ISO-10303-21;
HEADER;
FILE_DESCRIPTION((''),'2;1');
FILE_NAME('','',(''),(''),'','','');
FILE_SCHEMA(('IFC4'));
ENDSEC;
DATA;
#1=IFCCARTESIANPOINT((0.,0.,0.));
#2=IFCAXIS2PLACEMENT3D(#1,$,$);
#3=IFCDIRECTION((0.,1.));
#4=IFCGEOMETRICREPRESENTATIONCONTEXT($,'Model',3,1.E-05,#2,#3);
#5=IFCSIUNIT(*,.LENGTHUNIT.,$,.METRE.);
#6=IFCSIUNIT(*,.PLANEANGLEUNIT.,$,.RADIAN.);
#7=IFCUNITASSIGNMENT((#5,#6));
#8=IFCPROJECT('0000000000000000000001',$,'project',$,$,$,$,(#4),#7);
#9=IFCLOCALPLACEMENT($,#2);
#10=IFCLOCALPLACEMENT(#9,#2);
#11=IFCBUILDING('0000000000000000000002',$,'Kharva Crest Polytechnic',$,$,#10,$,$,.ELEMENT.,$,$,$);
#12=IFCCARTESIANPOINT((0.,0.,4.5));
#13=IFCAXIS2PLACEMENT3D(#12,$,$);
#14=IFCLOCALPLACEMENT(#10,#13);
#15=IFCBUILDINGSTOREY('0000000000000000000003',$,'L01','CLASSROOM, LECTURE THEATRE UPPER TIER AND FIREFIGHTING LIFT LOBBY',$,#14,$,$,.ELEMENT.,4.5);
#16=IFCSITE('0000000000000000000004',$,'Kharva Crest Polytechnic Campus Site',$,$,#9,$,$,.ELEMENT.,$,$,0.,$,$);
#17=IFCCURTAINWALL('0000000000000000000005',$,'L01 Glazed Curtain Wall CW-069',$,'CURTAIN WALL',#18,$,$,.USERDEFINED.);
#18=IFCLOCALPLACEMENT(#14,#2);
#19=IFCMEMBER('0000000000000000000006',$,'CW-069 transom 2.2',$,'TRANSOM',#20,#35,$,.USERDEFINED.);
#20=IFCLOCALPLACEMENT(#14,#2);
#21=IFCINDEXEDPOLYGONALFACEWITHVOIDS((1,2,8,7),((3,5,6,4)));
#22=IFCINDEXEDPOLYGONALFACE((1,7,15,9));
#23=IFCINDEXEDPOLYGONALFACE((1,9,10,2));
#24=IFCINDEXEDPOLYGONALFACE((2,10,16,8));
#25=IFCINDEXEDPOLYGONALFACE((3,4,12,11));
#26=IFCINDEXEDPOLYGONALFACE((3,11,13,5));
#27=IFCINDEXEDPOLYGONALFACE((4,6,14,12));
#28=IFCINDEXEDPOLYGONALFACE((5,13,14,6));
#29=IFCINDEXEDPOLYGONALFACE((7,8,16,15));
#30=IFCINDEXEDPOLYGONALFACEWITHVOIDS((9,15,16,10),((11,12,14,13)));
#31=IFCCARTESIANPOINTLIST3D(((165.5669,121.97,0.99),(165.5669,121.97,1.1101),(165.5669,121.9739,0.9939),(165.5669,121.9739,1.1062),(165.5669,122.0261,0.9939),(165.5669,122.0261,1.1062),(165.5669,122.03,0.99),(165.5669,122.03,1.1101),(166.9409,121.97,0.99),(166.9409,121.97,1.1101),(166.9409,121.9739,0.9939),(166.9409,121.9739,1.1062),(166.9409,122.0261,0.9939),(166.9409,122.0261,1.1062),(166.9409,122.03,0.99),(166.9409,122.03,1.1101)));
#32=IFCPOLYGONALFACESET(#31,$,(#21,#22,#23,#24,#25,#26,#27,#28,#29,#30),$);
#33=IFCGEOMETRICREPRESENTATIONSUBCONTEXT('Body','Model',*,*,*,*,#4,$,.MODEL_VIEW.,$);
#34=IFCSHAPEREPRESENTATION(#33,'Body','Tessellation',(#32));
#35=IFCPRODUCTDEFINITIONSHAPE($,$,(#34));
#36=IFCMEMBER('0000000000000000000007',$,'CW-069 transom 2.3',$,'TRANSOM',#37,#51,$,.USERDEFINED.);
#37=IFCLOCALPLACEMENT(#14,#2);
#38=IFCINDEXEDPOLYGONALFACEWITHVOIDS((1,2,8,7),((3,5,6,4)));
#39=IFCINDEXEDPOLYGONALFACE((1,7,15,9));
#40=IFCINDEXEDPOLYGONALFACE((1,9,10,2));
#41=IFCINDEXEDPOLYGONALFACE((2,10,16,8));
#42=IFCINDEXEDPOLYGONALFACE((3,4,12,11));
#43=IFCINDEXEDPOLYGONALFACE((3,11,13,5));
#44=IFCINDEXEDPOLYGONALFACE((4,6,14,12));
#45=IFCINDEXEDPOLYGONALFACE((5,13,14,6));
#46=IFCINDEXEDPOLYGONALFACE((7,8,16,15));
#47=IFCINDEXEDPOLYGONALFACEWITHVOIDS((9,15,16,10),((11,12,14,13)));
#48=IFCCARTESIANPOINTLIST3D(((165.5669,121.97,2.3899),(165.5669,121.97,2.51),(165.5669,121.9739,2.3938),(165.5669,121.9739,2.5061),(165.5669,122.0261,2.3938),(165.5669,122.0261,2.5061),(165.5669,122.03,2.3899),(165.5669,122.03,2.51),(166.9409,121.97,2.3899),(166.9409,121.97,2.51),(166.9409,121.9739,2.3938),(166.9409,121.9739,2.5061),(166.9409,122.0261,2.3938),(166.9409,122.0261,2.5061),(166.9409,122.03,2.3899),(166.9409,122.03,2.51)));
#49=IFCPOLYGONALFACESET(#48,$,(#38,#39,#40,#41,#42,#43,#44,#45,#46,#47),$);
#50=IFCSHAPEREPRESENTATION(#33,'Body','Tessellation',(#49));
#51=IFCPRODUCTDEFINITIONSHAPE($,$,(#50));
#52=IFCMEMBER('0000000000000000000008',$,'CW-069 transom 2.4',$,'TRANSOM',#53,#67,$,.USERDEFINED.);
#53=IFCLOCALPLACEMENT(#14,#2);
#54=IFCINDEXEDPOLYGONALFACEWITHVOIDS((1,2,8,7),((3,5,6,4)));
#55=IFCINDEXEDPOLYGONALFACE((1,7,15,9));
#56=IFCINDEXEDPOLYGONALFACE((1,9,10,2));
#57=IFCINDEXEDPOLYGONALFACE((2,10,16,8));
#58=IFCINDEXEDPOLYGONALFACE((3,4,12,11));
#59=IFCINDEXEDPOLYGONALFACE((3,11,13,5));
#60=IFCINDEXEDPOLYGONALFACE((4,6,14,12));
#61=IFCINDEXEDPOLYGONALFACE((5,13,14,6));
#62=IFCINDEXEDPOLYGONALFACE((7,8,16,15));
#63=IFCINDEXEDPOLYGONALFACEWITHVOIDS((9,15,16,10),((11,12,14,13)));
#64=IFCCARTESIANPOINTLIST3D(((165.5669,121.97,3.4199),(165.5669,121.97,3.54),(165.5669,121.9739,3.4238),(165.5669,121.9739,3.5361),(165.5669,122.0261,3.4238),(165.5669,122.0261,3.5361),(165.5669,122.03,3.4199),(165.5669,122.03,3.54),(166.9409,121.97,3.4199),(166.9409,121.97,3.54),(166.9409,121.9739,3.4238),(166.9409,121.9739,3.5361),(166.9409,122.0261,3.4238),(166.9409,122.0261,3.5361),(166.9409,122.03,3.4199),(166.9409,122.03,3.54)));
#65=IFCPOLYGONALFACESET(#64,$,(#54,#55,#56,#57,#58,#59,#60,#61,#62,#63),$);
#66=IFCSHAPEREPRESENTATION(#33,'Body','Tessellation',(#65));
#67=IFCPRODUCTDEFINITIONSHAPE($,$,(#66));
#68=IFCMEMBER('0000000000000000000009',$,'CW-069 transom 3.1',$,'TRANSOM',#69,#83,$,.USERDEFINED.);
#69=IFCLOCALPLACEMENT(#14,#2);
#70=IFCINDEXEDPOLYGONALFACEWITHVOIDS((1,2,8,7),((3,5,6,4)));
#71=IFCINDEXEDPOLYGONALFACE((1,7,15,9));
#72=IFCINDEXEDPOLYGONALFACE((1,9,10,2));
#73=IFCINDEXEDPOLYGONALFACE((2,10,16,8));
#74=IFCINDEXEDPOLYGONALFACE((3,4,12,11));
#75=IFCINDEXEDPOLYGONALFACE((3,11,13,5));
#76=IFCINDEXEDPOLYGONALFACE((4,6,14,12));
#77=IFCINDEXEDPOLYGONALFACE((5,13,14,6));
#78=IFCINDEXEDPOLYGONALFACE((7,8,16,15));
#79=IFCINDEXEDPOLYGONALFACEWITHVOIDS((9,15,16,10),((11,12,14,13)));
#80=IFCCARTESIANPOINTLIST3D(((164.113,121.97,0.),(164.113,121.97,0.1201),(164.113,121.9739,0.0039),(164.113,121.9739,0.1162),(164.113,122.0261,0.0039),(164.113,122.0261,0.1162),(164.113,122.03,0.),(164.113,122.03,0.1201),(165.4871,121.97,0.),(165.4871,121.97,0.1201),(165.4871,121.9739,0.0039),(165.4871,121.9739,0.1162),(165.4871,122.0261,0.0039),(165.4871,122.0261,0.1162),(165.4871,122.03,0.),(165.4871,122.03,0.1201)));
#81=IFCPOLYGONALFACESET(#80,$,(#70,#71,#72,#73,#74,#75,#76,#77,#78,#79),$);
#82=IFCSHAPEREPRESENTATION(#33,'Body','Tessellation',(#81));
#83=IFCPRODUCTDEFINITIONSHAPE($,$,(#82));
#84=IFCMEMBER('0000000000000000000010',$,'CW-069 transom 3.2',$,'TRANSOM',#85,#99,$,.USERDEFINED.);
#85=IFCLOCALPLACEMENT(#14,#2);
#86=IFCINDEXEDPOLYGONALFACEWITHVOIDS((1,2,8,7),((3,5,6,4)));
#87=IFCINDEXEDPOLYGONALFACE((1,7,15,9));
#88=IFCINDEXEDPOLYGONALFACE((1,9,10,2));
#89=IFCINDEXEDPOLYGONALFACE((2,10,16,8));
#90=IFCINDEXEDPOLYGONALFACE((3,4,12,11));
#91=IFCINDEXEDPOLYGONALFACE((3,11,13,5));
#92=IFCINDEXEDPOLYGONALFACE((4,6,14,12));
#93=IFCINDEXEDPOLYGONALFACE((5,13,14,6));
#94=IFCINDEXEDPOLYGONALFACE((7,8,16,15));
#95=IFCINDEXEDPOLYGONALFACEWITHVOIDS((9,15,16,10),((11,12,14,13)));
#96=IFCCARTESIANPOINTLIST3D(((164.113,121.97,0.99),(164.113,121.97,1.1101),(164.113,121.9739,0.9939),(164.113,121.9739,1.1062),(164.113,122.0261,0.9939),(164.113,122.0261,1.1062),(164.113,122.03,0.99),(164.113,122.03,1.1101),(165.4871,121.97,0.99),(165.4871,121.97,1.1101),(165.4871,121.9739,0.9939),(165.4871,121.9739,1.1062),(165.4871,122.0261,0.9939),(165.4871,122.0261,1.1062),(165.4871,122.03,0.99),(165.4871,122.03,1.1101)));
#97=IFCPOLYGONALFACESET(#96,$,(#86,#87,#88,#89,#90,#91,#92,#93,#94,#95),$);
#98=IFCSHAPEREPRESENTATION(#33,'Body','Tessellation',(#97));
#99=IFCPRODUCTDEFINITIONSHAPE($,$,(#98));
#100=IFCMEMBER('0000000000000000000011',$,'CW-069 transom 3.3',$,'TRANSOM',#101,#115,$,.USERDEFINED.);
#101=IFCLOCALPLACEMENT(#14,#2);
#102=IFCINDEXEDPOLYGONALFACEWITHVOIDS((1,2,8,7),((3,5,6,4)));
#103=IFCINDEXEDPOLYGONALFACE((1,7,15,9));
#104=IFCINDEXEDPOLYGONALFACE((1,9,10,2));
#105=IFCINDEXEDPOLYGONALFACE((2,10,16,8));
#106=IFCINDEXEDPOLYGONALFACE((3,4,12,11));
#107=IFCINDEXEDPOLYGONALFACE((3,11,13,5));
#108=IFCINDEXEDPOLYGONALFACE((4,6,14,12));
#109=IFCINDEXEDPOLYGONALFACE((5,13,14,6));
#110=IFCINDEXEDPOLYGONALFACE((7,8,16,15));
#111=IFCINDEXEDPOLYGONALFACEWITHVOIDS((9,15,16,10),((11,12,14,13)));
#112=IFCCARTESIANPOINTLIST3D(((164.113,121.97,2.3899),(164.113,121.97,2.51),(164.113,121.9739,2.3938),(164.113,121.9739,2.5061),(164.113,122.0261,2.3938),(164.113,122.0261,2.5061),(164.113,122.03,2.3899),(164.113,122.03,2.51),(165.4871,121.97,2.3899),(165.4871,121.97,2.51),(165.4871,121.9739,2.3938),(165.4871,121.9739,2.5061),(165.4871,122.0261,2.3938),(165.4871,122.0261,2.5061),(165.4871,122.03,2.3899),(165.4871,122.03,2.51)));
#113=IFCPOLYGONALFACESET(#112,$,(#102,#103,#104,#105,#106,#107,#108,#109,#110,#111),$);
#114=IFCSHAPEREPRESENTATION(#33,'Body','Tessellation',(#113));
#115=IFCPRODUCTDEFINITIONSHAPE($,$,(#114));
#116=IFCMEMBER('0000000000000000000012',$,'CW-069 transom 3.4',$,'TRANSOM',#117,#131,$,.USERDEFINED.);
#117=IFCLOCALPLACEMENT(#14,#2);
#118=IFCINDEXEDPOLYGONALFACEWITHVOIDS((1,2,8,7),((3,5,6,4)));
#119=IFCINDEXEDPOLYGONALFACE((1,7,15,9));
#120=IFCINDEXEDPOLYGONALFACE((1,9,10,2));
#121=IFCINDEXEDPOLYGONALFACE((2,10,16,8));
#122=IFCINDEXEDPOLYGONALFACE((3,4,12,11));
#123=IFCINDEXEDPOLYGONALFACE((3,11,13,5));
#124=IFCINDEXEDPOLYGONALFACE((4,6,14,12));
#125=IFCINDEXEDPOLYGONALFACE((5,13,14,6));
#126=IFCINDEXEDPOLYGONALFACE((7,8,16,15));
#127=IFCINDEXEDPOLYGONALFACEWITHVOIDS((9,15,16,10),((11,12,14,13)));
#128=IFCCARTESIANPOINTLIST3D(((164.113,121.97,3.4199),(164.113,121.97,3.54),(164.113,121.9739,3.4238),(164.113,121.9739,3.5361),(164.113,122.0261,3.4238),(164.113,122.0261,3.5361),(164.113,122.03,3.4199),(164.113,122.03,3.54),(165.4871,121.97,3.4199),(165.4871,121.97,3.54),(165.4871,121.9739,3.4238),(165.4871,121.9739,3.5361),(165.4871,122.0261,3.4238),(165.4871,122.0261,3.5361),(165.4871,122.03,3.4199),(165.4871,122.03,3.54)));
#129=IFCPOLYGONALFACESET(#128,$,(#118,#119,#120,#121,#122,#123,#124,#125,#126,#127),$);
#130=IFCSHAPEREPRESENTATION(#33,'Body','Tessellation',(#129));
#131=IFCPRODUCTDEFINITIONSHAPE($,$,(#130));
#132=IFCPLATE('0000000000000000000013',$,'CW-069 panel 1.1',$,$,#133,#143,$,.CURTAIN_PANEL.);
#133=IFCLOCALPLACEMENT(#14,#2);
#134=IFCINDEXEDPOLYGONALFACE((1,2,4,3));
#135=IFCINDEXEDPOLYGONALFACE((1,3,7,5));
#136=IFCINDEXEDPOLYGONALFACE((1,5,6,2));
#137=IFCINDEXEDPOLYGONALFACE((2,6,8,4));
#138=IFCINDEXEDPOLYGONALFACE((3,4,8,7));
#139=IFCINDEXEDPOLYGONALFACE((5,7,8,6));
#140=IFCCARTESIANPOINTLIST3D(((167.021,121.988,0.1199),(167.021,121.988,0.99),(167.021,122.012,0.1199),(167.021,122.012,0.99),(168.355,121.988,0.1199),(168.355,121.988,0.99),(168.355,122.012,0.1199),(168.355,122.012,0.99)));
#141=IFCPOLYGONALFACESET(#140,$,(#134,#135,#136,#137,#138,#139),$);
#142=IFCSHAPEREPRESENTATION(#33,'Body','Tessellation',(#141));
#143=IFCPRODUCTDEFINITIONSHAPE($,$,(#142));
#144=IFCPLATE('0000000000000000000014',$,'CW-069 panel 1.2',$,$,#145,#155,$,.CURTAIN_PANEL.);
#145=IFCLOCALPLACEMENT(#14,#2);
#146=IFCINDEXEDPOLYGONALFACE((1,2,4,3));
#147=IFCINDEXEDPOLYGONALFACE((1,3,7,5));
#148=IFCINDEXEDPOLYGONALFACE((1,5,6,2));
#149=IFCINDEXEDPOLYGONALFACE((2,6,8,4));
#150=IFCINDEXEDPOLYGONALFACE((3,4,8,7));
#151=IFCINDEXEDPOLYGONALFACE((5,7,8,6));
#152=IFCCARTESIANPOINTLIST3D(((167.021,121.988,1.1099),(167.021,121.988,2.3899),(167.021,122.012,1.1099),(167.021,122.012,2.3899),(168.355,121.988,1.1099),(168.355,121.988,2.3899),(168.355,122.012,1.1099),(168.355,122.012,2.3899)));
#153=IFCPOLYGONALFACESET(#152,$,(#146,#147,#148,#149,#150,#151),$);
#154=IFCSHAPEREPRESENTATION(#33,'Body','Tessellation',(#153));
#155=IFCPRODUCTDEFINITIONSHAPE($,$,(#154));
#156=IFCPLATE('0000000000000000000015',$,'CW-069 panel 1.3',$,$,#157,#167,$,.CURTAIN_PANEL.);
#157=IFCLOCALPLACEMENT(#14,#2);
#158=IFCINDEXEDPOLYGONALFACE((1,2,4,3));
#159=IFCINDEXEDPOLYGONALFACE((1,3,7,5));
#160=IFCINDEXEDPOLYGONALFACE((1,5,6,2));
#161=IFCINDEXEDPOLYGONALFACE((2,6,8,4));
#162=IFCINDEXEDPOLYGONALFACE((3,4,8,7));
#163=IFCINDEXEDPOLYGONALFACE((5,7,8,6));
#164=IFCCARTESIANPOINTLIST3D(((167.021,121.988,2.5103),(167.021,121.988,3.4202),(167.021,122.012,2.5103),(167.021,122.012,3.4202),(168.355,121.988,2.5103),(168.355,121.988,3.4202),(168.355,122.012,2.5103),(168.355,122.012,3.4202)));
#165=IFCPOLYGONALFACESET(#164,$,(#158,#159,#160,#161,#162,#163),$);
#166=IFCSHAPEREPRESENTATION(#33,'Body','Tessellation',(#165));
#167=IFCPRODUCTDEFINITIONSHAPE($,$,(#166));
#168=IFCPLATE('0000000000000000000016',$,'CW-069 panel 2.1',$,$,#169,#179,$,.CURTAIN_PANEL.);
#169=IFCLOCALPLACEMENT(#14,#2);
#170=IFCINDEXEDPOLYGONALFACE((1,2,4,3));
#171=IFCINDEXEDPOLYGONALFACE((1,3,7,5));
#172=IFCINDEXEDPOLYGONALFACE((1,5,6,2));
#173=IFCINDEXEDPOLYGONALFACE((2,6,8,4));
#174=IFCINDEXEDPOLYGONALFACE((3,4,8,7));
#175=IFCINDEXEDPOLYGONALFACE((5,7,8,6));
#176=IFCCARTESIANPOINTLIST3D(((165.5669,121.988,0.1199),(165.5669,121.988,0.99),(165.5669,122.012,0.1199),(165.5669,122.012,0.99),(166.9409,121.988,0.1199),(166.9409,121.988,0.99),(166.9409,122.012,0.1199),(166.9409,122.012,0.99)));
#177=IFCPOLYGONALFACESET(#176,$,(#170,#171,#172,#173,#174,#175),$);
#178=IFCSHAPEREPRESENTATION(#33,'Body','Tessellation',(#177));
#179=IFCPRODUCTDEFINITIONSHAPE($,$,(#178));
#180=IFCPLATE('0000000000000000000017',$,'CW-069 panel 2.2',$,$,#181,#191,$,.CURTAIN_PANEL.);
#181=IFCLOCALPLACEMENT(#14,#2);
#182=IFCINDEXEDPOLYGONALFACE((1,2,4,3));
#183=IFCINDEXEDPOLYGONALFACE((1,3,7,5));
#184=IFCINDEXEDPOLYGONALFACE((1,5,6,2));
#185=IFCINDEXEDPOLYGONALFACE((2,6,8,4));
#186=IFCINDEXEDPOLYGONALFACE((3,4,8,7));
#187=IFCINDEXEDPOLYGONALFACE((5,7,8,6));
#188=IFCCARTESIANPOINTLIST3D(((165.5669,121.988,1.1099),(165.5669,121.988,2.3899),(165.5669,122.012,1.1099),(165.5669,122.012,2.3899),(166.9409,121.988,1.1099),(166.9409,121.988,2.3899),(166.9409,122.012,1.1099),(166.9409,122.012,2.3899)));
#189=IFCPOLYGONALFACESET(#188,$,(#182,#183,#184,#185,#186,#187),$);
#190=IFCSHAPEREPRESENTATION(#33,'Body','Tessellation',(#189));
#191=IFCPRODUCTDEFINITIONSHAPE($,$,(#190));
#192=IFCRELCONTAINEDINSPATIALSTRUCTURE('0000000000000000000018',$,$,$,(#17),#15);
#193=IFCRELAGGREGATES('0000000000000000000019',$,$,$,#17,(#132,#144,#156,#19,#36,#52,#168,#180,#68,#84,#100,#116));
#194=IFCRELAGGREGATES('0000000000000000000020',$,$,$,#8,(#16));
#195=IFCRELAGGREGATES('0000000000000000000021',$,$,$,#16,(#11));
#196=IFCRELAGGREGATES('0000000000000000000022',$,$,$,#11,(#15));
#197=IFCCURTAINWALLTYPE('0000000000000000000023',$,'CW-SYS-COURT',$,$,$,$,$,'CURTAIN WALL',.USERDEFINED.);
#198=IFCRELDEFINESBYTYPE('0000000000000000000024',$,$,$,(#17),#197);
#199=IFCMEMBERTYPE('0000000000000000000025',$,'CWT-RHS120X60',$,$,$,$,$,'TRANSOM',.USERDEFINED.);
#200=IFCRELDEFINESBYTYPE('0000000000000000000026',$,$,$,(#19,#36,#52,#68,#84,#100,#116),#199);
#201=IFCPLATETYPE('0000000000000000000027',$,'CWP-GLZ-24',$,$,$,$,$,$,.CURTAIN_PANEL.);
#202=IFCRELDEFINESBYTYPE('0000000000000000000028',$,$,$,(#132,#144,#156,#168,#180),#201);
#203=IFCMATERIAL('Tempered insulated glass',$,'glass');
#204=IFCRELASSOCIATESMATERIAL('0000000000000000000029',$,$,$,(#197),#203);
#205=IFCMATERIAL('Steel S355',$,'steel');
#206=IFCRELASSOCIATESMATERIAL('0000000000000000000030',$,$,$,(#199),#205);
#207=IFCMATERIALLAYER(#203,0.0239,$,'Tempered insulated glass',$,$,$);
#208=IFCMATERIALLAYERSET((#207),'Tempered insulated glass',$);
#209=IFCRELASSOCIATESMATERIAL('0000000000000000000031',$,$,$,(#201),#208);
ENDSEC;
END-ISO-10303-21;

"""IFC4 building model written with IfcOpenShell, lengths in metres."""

from ifc_helpers import new_model, si_unit, direction, frame, origin, origin_2d, place, context, subcontext, project, spatial, rectangle, hollow_rectangle, extrude, material, layer, layer_set, material_profile, profile_set, type_object, element, aggregate, save


model = new_model("IFC4")

# Units and contexts
model_context = context("Model", 3, precision=1e-05, world=origin(), true_north=direction((0.0, 1.0)))
body_context = subcontext(model_context, "Body", "Model", "MODEL_VIEW")
ifc_project = project(units=[si_unit("LENGTHUNIT", "METRE"), si_unit("PLANEANGLEUNIT", "RADIAN")], contexts=[model_context])

# Site, building, storey
site_placement = place(None, origin())
site = spatial("IfcSite", under=ifc_project, at=site_placement, Name="Kharva Crest Polytechnic Campus Site", CompositionType="ELEMENT", RefElevation=0.0)
building_placement = place(site_placement, origin())
building = spatial("IfcBuilding", under=site, at=building_placement, Name="Kharva Crest Polytechnic", CompositionType="ELEMENT")
storey_placement = place(building_placement, frame((0.0, 0.0, 4.5)))
storey = spatial("IfcBuildingStorey", under=building, at=storey_placement, Name="L01", Description="CLASSROOM, LECTURE THEATRE UPPER TIER AND FIREFIGHTING LIFT LOBBY", CompositionType="ELEMENT", Elevation=4.5)

# Curtain wall, members, plates
ifc_material_1 = material(Name="Tempered insulated glass", Category="glass")
curtain_wall_type = type_object("IfcCurtainWallType", Name="CW-SYS-COURT", ElementType="CURTAIN WALL", PredefinedType="USERDEFINED", material=ifc_material_1)
curtain_wall_placement = place(storey_placement, origin())
curtain_wall = element("IfcCurtainWall", 1, at=curtain_wall_placement, inside=storey, type_object=curtain_wall_type, Name="L01 Glazed Curtain Wall CW-069", ObjectType="CURTAIN WALL", PredefinedType="USERDEFINED")
ifc_material_2 = material(Name="Steel S355", Category="steel")
ifc_material_profile_1 = material_profile(ifc_material_2, hollow_rectangle(XDim=0.0601, YDim=0.1201, WallThickness=0.0039, at=origin_2d()), Name="RHS 120X60X4.0")
ifc_profile_set_1 = profile_set([ifc_material_profile_1], Name="Steel S355")
member_type_1 = type_object("IfcMemberType", Name="CWT-RHS120X60", ElementType="TRANSOM", PredefinedType="USERDEFINED", material=ifc_profile_set_1)
member_1_placement = place(storey_placement, frame((166.9409, 122.0, 1.05), z_axis=(-1.0, 0.0, 0.0), x_axis=(0.0, -1.0, 0.0)))
member_1 = element("IfcMember", 2, at=member_1_placement, type_object=member_type_1, Name="CW-069 transom 2.2", ObjectType="TRANSOM", PredefinedType="USERDEFINED", context=body_context, shape_type="SweptSolid", body=[
    extrude(hollow_rectangle(XDim=0.0601, YDim=0.1201, WallThickness=0.0039, at=origin_2d()), origin(), (0.0, 0.0, 1.0), 1.374),
])
member_2_placement = place(storey_placement, frame((166.9409, 122.0, 2.45), z_axis=(-1.0, 0.0, 0.0), x_axis=(0.0, -1.0, 0.0)))
member_2 = element("IfcMember", 3, at=member_2_placement, type_object=member_type_1, Name="CW-069 transom 2.3", ObjectType="TRANSOM", PredefinedType="USERDEFINED", context=body_context, shape_type="SweptSolid", body=[
    extrude(hollow_rectangle(XDim=0.0601, YDim=0.1201, WallThickness=0.0039, at=origin_2d()), origin(), (0.0, 0.0, 1.0), 1.374),
])
member_3_placement = place(storey_placement, frame((166.9409, 122.0, 3.48), z_axis=(-1.0, 0.0, 0.0), x_axis=(0.0, -1.0, 0.0)))
member_3 = element("IfcMember", 4, at=member_3_placement, type_object=member_type_1, Name="CW-069 transom 2.4", ObjectType="TRANSOM", PredefinedType="USERDEFINED", context=body_context, shape_type="SweptSolid", body=[
    extrude(hollow_rectangle(XDim=0.0601, YDim=0.1201, WallThickness=0.0039, at=origin_2d()), origin(), (0.0, 0.0, 1.0), 1.374),
])
member_4_placement = place(storey_placement, frame((165.4871, 122.0, 0.0601), z_axis=(-1.0, 0.0, 0.0), x_axis=(0.0, -1.0, 0.0)))
member_4 = element("IfcMember", 5, at=member_4_placement, type_object=member_type_1, Name="CW-069 transom 3.1", ObjectType="TRANSOM", PredefinedType="USERDEFINED", context=body_context, shape_type="SweptSolid", body=[
    extrude(hollow_rectangle(XDim=0.0601, YDim=0.1201, WallThickness=0.0039, at=origin_2d()), origin(), (0.0, 0.0, 1.0), 1.374),
])
member_5_placement = place(storey_placement, frame((165.4871, 122.0, 1.05), z_axis=(-1.0, 0.0, 0.0), x_axis=(0.0, -1.0, 0.0)))
member_5 = element("IfcMember", 6, at=member_5_placement, type_object=member_type_1, Name="CW-069 transom 3.2", ObjectType="TRANSOM", PredefinedType="USERDEFINED", context=body_context, shape_type="SweptSolid", body=[
    extrude(hollow_rectangle(XDim=0.0601, YDim=0.1201, WallThickness=0.0039, at=origin_2d()), origin(), (0.0, 0.0, 1.0), 1.374),
])
member_6_placement = place(storey_placement, frame((165.4871, 122.0, 2.45), z_axis=(-1.0, 0.0, 0.0), x_axis=(0.0, -1.0, 0.0)))
member_6 = element("IfcMember", 7, at=member_6_placement, type_object=member_type_1, Name="CW-069 transom 3.3", ObjectType="TRANSOM", PredefinedType="USERDEFINED", context=body_context, shape_type="SweptSolid", body=[
    extrude(hollow_rectangle(XDim=0.0601, YDim=0.1201, WallThickness=0.0039, at=origin_2d()), origin(), (0.0, 0.0, 1.0), 1.374),
])
member_7_placement = place(storey_placement, frame((165.4871, 122.0, 3.48), z_axis=(-1.0, 0.0, 0.0), x_axis=(0.0, -1.0, 0.0)))
member_7 = element("IfcMember", 8, at=member_7_placement, type_object=member_type_1, Name="CW-069 transom 3.4", ObjectType="TRANSOM", PredefinedType="USERDEFINED", context=body_context, shape_type="SweptSolid", body=[
    extrude(hollow_rectangle(XDim=0.0601, YDim=0.1201, WallThickness=0.0039, at=origin_2d()), origin(), (0.0, 0.0, 1.0), 1.374),
])
ifc_layer = layer(ifc_material_1, 0.0239, Name="Tempered insulated glass")
ifc_layer_set = layer_set([ifc_layer], Name="Tempered insulated glass")
plate_type = type_object("IfcPlateType", Name="CWP-GLZ-24", PredefinedType="CURTAIN_PANEL", material=ifc_layer_set)
plate_1_placement = place(storey_placement, frame((167.688, 122.0, 0.1199), z_axis=(0.0, 0.0, 1.0), x_axis=(-1.0, 0.0, 0.0)))
plate_1 = element("IfcPlate", 9, at=plate_1_placement, type_object=plate_type, Name="CW-069 panel 1.1", PredefinedType="CURTAIN_PANEL", context=body_context, shape_type="SweptSolid", body=[
    extrude(rectangle(XDim=1.334, YDim=0.0239, at=origin_2d()), origin(), (0.0, 0.0, 1.0), 0.8701),
])
plate_2_placement = place(storey_placement, frame((167.688, 122.0, 1.1099), z_axis=(0.0, 0.0, 1.0), x_axis=(-1.0, 0.0, 0.0)))
plate_2 = element("IfcPlate", 10, at=plate_2_placement, type_object=plate_type, Name="CW-069 panel 1.2", PredefinedType="CURTAIN_PANEL", context=body_context, shape_type="SweptSolid", body=[
    extrude(rectangle(XDim=1.334, YDim=0.0239, at=origin_2d()), origin(), (0.0, 0.0, 1.0), 1.28),
])
plate_3_placement = place(storey_placement, frame((167.688, 122.0, 2.5103), z_axis=(0.0, 0.0, 1.0), x_axis=(-1.0, 0.0, 0.0)))
plate_3 = element("IfcPlate", 11, at=plate_3_placement, type_object=plate_type, Name="CW-069 panel 1.3", PredefinedType="CURTAIN_PANEL", context=body_context, shape_type="SweptSolid", body=[
    extrude(rectangle(XDim=1.334, YDim=0.0239, at=origin_2d()), origin(), (0.0, 0.0, 1.0), 0.9099),
])
plate_4_placement = place(storey_placement, frame((166.2539, 122.0, 0.1199), z_axis=(0.0, 0.0, 1.0), x_axis=(-1.0, 0.0, 0.0)))
plate_4 = element("IfcPlate", 12, at=plate_4_placement, type_object=plate_type, Name="CW-069 panel 2.1", PredefinedType="CURTAIN_PANEL", context=body_context, shape_type="SweptSolid", body=[
    extrude(rectangle(XDim=1.374, YDim=0.0239, at=origin_2d()), origin(), (0.0, 0.0, 1.0), 0.8701),
])
plate_5_placement = place(storey_placement, frame((166.2539, 122.0, 1.1099), z_axis=(0.0, 0.0, 1.0), x_axis=(-1.0, 0.0, 0.0)))
plate_5 = element("IfcPlate", 13, at=plate_5_placement, type_object=plate_type, Name="CW-069 panel 2.2", PredefinedType="CURTAIN_PANEL", context=body_context, shape_type="SweptSolid", body=[
    extrude(rectangle(XDim=1.374, YDim=0.0239, at=origin_2d()), origin(), (0.0, 0.0, 1.0), 1.28),
])
aggregate(curtain_wall, [plate_1, plate_2, plate_3, member_1, member_2, member_3, plate_4, plate_5, member_4, member_5, member_6, member_7])

save(model, "model.ifc")
